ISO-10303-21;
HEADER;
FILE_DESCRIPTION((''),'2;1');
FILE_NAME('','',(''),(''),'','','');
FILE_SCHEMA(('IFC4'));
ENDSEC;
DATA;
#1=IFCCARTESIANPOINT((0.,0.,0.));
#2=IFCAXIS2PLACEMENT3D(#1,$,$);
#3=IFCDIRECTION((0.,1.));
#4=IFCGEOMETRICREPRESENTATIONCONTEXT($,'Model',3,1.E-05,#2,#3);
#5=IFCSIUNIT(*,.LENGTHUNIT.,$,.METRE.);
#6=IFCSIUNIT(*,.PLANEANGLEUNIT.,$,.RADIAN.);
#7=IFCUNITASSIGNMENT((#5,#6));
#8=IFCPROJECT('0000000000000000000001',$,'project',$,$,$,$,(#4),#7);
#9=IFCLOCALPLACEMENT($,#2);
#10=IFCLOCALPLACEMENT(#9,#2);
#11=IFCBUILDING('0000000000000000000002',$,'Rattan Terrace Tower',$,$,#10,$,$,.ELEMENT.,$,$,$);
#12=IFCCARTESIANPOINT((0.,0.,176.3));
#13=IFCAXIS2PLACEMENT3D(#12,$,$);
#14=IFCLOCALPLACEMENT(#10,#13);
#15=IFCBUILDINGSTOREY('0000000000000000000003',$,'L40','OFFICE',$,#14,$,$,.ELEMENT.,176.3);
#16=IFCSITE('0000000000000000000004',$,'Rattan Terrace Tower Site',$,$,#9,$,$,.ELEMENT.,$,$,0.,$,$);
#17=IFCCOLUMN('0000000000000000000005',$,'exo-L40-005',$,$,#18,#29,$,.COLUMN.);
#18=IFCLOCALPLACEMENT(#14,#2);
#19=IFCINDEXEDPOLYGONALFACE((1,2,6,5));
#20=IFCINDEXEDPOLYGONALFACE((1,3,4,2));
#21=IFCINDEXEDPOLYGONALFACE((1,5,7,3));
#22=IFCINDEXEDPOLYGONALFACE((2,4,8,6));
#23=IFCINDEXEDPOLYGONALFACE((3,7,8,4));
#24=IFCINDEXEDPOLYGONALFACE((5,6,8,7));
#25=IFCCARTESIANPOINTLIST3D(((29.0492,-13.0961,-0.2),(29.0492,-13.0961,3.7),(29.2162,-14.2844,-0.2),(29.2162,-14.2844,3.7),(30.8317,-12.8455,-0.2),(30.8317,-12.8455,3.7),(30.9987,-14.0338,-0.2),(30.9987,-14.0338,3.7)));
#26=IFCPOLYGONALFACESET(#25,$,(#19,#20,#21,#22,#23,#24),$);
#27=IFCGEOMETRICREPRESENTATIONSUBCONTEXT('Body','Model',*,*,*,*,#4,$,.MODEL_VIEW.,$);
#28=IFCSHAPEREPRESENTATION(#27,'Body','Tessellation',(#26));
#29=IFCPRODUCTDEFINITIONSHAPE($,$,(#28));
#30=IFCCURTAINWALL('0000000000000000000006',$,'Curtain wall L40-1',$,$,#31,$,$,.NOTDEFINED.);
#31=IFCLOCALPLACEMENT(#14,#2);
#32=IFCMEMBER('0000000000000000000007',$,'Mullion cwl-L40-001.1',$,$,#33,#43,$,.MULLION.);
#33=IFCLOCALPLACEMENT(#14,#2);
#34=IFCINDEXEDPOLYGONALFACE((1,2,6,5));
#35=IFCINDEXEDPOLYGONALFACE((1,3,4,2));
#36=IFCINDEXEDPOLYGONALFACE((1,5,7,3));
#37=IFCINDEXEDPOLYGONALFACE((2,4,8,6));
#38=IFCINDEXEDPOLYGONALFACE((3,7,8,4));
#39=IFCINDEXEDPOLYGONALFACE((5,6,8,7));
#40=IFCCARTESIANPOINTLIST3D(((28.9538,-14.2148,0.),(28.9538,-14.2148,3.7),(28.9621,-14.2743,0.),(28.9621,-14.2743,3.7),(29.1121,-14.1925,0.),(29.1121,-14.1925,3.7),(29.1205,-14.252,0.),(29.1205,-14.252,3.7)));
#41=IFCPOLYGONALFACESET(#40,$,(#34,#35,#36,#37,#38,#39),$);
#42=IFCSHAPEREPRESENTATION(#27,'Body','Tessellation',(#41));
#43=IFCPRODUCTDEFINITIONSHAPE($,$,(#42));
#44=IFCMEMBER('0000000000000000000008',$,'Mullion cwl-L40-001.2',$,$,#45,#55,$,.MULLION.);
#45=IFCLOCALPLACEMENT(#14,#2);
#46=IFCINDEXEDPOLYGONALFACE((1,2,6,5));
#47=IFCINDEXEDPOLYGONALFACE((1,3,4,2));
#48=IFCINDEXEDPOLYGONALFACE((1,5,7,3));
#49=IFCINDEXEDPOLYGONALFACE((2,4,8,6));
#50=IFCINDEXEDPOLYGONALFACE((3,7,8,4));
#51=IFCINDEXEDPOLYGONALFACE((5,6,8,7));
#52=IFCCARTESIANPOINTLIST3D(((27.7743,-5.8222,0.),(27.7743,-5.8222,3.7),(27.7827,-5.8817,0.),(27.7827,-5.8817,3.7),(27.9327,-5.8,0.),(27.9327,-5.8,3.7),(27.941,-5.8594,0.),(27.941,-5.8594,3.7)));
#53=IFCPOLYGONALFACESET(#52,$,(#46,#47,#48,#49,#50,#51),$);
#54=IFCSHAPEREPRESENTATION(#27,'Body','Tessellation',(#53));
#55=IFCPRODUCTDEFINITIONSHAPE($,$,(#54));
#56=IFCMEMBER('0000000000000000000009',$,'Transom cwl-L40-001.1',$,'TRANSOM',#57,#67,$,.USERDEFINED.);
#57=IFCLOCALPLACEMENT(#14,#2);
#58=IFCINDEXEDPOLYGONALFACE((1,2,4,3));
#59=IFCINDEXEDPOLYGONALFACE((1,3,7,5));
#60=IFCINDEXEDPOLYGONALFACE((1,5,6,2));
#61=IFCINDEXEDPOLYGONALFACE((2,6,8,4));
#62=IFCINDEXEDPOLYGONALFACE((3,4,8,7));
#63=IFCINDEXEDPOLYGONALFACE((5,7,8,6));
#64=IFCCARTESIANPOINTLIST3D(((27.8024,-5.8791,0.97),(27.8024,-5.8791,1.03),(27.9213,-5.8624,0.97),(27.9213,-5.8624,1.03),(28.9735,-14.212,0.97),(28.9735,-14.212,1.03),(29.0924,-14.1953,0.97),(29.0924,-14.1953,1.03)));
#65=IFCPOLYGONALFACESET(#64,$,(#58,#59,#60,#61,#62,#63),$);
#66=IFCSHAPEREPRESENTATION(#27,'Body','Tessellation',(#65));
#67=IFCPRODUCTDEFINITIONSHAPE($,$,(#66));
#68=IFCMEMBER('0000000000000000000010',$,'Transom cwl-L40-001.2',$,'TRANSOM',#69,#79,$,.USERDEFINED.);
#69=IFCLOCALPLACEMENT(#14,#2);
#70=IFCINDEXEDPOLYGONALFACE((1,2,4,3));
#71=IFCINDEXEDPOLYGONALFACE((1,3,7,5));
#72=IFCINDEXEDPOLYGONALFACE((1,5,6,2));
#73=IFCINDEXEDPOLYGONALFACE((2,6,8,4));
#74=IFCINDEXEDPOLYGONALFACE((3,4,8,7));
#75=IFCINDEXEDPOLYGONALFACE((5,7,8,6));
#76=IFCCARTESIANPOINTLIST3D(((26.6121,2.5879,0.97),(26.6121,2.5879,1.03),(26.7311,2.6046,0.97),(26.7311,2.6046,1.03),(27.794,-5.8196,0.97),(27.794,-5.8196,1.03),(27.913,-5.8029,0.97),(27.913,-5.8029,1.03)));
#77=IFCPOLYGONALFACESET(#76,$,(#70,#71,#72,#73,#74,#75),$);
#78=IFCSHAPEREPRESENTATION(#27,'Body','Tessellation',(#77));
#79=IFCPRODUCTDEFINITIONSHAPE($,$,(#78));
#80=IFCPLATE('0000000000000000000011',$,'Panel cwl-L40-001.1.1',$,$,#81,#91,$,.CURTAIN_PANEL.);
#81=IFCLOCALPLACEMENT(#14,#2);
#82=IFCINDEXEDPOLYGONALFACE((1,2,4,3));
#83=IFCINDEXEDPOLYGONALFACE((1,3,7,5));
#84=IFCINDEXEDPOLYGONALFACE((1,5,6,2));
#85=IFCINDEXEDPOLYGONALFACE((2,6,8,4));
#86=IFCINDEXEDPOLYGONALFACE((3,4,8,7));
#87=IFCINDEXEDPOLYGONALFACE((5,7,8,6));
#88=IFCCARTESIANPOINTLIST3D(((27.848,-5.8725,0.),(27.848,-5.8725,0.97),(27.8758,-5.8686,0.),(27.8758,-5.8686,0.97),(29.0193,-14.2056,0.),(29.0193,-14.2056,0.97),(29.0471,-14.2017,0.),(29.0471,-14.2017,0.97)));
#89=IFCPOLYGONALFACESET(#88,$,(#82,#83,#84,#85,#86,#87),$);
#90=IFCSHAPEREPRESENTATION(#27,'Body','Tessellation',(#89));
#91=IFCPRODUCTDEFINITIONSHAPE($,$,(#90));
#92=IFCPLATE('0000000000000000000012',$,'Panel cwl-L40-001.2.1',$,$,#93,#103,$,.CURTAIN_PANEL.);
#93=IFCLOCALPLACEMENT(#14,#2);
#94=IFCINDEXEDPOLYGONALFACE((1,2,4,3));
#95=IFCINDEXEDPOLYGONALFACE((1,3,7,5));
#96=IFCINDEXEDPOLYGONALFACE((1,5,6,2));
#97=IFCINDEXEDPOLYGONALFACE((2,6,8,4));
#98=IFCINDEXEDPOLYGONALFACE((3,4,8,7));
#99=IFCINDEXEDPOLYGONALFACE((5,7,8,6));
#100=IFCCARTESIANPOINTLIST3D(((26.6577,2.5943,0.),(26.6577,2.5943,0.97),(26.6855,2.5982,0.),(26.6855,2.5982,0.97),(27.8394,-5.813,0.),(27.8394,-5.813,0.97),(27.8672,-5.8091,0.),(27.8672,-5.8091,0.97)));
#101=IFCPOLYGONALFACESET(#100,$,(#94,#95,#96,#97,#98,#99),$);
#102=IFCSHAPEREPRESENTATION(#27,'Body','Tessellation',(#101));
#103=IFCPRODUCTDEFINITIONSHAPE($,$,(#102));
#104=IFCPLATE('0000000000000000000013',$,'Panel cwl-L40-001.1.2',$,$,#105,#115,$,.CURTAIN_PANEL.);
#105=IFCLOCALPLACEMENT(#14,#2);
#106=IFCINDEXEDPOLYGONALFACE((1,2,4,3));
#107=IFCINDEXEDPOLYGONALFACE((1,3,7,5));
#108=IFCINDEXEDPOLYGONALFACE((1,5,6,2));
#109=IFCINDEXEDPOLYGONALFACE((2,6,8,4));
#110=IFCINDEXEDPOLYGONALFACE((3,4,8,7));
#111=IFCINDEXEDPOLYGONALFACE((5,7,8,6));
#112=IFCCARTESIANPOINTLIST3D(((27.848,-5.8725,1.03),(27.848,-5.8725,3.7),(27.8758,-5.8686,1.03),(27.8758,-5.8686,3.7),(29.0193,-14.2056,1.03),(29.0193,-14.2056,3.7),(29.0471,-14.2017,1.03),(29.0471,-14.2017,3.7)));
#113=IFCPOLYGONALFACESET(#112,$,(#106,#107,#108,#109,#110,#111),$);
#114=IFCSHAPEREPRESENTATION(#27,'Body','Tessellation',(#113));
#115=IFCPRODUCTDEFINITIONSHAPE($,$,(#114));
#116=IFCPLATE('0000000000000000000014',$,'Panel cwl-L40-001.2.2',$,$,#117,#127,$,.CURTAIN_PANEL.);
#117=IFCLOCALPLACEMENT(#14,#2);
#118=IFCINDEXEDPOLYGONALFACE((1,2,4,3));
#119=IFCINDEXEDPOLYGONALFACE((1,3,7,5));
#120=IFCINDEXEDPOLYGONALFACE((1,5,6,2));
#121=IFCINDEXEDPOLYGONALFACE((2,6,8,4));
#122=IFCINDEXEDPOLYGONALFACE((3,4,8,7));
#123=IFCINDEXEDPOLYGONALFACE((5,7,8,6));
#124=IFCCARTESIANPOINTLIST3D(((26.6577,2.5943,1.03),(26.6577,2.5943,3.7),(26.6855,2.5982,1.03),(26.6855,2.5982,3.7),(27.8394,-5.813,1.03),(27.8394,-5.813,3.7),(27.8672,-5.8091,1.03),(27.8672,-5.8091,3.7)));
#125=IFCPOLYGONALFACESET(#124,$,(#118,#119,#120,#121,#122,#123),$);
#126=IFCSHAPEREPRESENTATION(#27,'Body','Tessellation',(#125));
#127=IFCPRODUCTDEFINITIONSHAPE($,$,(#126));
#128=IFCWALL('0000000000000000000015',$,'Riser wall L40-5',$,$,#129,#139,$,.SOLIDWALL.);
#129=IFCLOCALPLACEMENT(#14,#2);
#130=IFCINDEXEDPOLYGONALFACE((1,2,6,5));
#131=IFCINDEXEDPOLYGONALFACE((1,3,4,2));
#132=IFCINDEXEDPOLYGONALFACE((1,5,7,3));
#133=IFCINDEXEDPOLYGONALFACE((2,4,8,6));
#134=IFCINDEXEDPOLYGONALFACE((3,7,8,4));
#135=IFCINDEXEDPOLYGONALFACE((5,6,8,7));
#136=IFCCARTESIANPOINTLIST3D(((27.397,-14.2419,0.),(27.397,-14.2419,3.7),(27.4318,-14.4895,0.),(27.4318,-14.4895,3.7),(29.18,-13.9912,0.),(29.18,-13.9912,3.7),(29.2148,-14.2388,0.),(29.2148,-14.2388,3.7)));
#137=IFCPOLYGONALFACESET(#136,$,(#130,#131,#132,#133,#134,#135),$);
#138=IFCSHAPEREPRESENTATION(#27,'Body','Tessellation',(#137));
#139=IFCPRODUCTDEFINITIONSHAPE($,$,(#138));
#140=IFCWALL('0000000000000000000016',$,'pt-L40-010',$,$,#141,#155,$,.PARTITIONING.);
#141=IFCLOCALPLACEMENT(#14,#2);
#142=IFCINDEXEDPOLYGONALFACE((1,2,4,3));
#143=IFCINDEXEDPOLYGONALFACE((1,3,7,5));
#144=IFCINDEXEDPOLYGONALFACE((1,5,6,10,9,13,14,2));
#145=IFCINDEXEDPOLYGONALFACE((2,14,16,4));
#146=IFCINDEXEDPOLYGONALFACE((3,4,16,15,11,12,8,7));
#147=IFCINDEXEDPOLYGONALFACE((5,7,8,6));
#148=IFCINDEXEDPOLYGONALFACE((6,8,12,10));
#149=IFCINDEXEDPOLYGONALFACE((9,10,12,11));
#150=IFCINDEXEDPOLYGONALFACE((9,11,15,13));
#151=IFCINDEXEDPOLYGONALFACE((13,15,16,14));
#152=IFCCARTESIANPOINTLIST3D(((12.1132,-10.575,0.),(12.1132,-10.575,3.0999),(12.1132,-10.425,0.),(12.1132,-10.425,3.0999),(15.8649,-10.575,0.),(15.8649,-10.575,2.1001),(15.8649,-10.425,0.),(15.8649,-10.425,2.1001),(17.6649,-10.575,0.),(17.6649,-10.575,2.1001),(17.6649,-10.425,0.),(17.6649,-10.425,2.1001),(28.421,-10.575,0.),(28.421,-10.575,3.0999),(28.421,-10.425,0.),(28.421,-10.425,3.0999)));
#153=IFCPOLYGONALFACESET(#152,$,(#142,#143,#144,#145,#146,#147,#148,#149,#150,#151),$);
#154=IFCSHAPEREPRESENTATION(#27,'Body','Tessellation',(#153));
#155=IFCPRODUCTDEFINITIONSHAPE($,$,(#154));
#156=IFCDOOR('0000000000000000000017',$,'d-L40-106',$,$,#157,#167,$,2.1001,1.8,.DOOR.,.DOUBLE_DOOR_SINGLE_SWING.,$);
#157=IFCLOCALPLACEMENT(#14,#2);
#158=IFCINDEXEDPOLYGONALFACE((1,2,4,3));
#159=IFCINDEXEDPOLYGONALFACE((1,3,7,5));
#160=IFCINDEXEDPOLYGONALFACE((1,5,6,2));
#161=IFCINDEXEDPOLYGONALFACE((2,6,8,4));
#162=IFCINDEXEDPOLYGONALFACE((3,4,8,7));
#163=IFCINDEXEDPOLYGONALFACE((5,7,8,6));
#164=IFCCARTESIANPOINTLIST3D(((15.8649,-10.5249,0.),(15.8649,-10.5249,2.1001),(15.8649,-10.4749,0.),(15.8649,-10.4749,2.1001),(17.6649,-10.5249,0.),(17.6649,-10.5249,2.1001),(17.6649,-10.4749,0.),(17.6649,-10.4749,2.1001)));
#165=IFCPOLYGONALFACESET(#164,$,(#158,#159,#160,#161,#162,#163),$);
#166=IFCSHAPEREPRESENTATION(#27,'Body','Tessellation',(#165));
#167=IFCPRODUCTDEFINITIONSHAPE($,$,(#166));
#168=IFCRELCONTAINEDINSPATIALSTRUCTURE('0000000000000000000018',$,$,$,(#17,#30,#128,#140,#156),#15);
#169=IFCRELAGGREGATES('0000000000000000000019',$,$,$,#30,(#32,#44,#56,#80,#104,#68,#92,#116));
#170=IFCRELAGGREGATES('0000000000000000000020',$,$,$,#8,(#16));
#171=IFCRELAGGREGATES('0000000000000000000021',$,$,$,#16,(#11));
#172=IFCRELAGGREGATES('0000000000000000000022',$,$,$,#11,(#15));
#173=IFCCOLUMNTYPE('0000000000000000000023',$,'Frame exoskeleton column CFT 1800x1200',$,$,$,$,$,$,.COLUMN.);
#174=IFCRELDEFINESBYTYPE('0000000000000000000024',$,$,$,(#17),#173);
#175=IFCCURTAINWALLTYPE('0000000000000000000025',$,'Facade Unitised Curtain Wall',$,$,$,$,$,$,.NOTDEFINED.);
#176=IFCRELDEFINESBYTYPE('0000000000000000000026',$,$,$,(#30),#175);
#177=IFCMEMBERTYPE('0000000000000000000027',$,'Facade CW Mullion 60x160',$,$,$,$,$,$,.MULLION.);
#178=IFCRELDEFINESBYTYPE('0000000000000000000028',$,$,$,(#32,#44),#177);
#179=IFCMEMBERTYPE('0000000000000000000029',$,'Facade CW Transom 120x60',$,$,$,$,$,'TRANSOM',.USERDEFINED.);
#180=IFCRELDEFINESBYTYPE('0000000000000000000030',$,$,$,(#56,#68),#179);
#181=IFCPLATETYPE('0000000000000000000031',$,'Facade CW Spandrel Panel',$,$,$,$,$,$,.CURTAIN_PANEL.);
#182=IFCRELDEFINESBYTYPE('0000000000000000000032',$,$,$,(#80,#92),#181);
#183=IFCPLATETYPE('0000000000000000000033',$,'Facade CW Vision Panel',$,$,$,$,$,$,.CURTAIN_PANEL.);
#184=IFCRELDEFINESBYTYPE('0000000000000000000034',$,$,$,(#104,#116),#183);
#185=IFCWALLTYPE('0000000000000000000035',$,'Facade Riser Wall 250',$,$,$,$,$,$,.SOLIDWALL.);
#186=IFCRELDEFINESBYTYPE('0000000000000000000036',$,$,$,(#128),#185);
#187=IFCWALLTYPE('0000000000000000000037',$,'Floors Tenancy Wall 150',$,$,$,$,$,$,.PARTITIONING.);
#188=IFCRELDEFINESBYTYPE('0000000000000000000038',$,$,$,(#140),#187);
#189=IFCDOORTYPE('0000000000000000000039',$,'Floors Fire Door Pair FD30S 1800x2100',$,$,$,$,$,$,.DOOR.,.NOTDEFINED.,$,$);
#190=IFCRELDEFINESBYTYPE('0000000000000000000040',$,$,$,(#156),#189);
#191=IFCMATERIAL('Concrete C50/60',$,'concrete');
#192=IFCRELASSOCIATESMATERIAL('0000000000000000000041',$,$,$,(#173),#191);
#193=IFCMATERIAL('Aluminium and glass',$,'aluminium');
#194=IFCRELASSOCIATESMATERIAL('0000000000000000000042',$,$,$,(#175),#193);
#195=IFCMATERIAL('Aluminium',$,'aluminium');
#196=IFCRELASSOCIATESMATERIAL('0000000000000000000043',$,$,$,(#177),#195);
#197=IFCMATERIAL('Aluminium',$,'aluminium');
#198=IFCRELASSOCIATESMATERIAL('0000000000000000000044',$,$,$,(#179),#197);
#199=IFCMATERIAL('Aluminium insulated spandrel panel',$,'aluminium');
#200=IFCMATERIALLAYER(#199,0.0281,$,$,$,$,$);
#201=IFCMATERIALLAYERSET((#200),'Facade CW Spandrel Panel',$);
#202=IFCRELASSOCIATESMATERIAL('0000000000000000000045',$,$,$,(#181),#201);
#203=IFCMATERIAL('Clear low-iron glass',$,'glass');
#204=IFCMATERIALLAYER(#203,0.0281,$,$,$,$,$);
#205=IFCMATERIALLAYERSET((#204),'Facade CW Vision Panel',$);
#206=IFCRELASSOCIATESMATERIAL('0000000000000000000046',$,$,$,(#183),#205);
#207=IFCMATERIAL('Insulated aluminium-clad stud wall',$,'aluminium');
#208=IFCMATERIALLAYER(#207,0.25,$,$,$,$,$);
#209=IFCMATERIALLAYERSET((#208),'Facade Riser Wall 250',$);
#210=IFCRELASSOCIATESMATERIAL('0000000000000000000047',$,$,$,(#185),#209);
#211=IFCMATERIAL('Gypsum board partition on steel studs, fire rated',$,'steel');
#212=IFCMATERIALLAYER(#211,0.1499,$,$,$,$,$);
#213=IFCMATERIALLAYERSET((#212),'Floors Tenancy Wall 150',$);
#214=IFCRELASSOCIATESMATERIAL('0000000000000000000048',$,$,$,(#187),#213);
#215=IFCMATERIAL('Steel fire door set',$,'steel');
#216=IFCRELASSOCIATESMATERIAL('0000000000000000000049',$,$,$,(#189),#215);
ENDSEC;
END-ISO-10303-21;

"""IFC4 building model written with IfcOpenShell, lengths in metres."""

from ifc_helpers import new_model, si_unit, direction, frame, frame_2d, origin, origin_2d, place, context, subcontext, project, spatial, rectangle, extrude, material, layer, layer_set, material_profile, profile_set, type_object, element, fill, aggregate, save


model = new_model("IFC4")

# Units and contexts
model_context = context("Model", 3, precision=1e-05, world=origin(), true_north=direction((0.0, 1.0)))
body_context = subcontext(model_context, "Body", "Model", "MODEL_VIEW")
ifc_project = project(units=[si_unit("LENGTHUNIT", "METRE"), si_unit("PLANEANGLEUNIT", "RADIAN")], contexts=[model_context])

# Site, building, storey
site_placement = place(None, origin())
site = spatial("IfcSite", under=ifc_project, at=site_placement, Name="Rattan Terrace Tower Site", CompositionType="ELEMENT", RefElevation=0.0)
building_placement = place(site_placement, origin())
building = spatial("IfcBuilding", under=site, at=building_placement, Name="Rattan Terrace Tower", CompositionType="ELEMENT")
storey_placement = place(building_placement, frame((0.0, 0.0, 176.3)))
storey = spatial("IfcBuildingStorey", under=building, at=storey_placement, Name="L40", Description="OFFICE", CompositionType="ELEMENT", Elevation=176.3)

# Column
ifc_material_1 = material(Name="Concrete C50/60", Category="concrete")
ifc_material_profile_1 = material_profile(ifc_material_1, rectangle(XDim=1.2, YDim=1.8, at=origin_2d()), Name="CFT 1800x1200")
ifc_profile_set_1 = profile_set([ifc_material_profile_1], Name="Concrete C50/60")
column_type = type_object("IfcColumnType", Name="Frame exoskeleton column CFT 1800x1200", PredefinedType="COLUMN", material=ifc_profile_set_1)
column_placement = place(storey_placement, frame((30.0239, -13.5649, -0.2), z_axis=(0.0, 0.0, 1.0), x_axis=(-0.13919, 0.990266, 0.0)))
element("IfcColumn", 1, at=column_placement, inside=storey, type_object=column_type, Name="exo-L40-005", PredefinedType="COLUMN", context=body_context, shape_type="SweptSolid", body=[
    extrude(rectangle(XDim=1.2, YDim=1.8, at=origin_2d()), origin(), (0.0, 0.0, 1.0), 3.8999),
])

# Curtain wall, members, plates
ifc_material_2 = material(Name="Aluminium and glass", Category="aluminium")
curtain_wall_type = type_object("IfcCurtainWallType", Name="Facade Unitised Curtain Wall", PredefinedType="NOTDEFINED", material=ifc_material_2)
curtain_wall_placement = place(storey_placement, origin())
curtain_wall = element("IfcCurtainWall", 2, at=curtain_wall_placement, inside=storey, type_object=curtain_wall_type, Name="Curtain wall L40-1", PredefinedType="NOTDEFINED")
ifc_material_3 = material(Name="Aluminium", Category="aluminium")
ifc_material_profile_2 = material_profile(ifc_material_3, rectangle(XDim=0.0601, YDim=0.1599, at=origin_2d()), Name="Aluminium 60x160")
ifc_profile_set_2 = profile_set([ifc_material_profile_2], Name="Aluminium")
member_type_1 = type_object("IfcMemberType", Name="Facade CW Mullion 60x160", PredefinedType="MULLION", material=ifc_profile_set_2)
member_1_placement = place(storey_placement, frame((29.0371, -14.2334, 0.0), z_axis=(0.0, 0.0, 1.0), x_axis=(-0.139191, 0.990266, 0.0)))
member_1 = element("IfcMember", 3, at=member_1_placement, type_object=member_type_1, Name="Mullion cwl-L40-001.1", PredefinedType="MULLION", context=body_context, shape_type="SweptSolid", body=[
    extrude(rectangle(XDim=0.0601, YDim=0.1599, at=origin_2d()), origin(), (0.0, 0.0, 1.0), 3.7),
])
member_2_placement = place(storey_placement, frame((27.8577, -5.8408, 0.0), z_axis=(0.0, 0.0, 1.0), x_axis=(-0.139191, 0.990266, 0.0)))
member_2 = element("IfcMember", 4, at=member_2_placement, type_object=member_type_1, Name="Mullion cwl-L40-001.2", PredefinedType="MULLION", context=body_context, shape_type="SweptSolid", body=[
    extrude(rectangle(XDim=0.0601, YDim=0.1599, at=origin_2d()), origin(), (0.0, 0.0, 1.0), 3.7),
])
ifc_material_4 = material(Name="Aluminium", Category="aluminium")
ifc_material_profile_3 = material_profile(ifc_material_4, rectangle(XDim=0.1201, YDim=0.0601, at=origin_2d()), Name="Aluminium 120x60")
ifc_profile_set_3 = profile_set([ifc_material_profile_3], Name="Aluminium")
member_type_2 = type_object("IfcMemberType", Name="Facade CW Transom 120x60", ElementType="TRANSOM", PredefinedType="USERDEFINED", material=ifc_profile_set_3)
member_3_placement = place(storey_placement, frame((29.033, -14.2036, 1.0), z_axis=(-0.139175, 0.990268, 0.0), x_axis=(-0.990268, -0.139175, 0.0)))
member_3 = element("IfcMember", 5, at=member_3_placement, type_object=member_type_2, Name="Transom cwl-L40-001.1", ObjectType="TRANSOM", PredefinedType="USERDEFINED", context=body_context, shape_type="SweptSolid", body=[
    extrude(rectangle(XDim=0.1201, YDim=0.0601, at=origin_2d()), origin(), (0.0, 0.0, 1.0), 8.4148),
])
member_4_placement = place(storey_placement, frame((27.8535, -5.8113, 1.0), z_axis=(-0.139207, 0.990263, 0.0), x_axis=(-0.990263, -0.139207, 0.0)))
member_4 = element("IfcMember", 6, at=member_4_placement, type_object=member_type_2, Name="Transom cwl-L40-001.2", ObjectType="TRANSOM", PredefinedType="USERDEFINED", context=body_context, shape_type="SweptSolid", body=[
    extrude(rectangle(XDim=0.1201, YDim=0.0601, at=origin_2d()), origin(), (0.0, 0.0, 1.0), 8.4902),
])
ifc_material_5 = material(Name="Aluminium insulated spandrel panel", Category="aluminium")
ifc_layer_1 = layer(ifc_material_5, 0.0281)
ifc_layer_set_1 = layer_set([ifc_layer_1], Name="Facade CW Spandrel Panel")
plate_type_1 = type_object("IfcPlateType", Name="Facade CW Spandrel Panel", PredefinedType="CURTAIN_PANEL", material=ifc_layer_set_1)
plate_1_placement = place(storey_placement, frame((28.4475, -10.0371, 0.0), z_axis=(0.0, 0.0, 1.0), x_axis=(-0.139191, 0.990266, 0.0)))
plate_1 = element("IfcPlate", 7, at=plate_1_placement, type_object=plate_type_1, Name="Panel cwl-L40-001.1.1", PredefinedType="CURTAIN_PANEL", context=body_context, shape_type="SweptSolid", body=[
    extrude(rectangle(XDim=8.415, YDim=0.0281, at=origin_2d()), origin(), (0.0, 0.0, 1.0), 0.97),
])
plate_2_placement = place(storey_placement, frame((27.2625, -1.6074, 0.0), z_axis=(0.0, 0.0, 1.0), x_axis=(-0.139191, 0.990266, 0.0)))
plate_2 = element("IfcPlate", 8, at=plate_2_placement, type_object=plate_type_1, Name="Panel cwl-L40-001.2.1", PredefinedType="CURTAIN_PANEL", context=body_context, shape_type="SweptSolid", body=[
    extrude(rectangle(XDim=8.49, YDim=0.0281, at=origin_2d()), origin(), (0.0, 0.0, 1.0), 0.97),
])
ifc_material_6 = material(Name="Clear low-iron glass", Category="glass")
ifc_layer_2 = layer(ifc_material_6, 0.0281)
ifc_layer_set_2 = layer_set([ifc_layer_2], Name="Facade CW Vision Panel")
plate_type_2 = type_object("IfcPlateType", Name="Facade CW Vision Panel", PredefinedType="CURTAIN_PANEL", material=ifc_layer_set_2)
plate_3_placement = place(storey_placement, frame((28.4475, -10.0371, 1.03), z_axis=(0.0, 0.0, 1.0), x_axis=(-0.139191, 0.990266, 0.0)))
plate_3 = element("IfcPlate", 9, at=plate_3_placement, type_object=plate_type_2, Name="Panel cwl-L40-001.1.2", PredefinedType="CURTAIN_PANEL", context=body_context, shape_type="SweptSolid", body=[
    extrude(rectangle(XDim=8.415, YDim=0.0281, at=origin_2d()), origin(), (0.0, 0.0, 1.0), 2.6699),
])
plate_4_placement = place(storey_placement, frame((27.2625, -1.6074, 1.03), z_axis=(0.0, 0.0, 1.0), x_axis=(-0.139191, 0.990266, 0.0)))
plate_4 = element("IfcPlate", 10, at=plate_4_placement, type_object=plate_type_2, Name="Panel cwl-L40-001.2.2", PredefinedType="CURTAIN_PANEL", context=body_context, shape_type="SweptSolid", body=[
    extrude(rectangle(XDim=8.49, YDim=0.0281, at=origin_2d()), origin(), (0.0, 0.0, 1.0), 2.6699),
])
aggregate(curtain_wall, [member_1, member_2, member_3, plate_1, plate_3, member_4, plate_2, plate_4])

# Wall
ifc_material_7 = material(Name="Insulated aluminium-clad stud wall", Category="aluminium")
ifc_layer_3 = layer(ifc_material_7, 0.25)
ifc_layer_set_3 = layer_set([ifc_layer_3], Name="Facade Riser Wall 250")
wall_type_1 = type_object("IfcWallType", Name="Facade Riser Wall 250", PredefinedType="SOLIDWALL", material=ifc_layer_set_3)
wall_1_placement = place(storey_placement, frame((27.4143, -14.3657, 0.0), z_axis=(0.0, 0.0, 1.0), x_axis=(0.990256, 0.139257, 0.0)))
element("IfcWall", 11, at=wall_1_placement, inside=storey, type_object=wall_type_1, Name="Riser wall L40-5", PredefinedType="SOLIDWALL", context=body_context, shape_type="SweptSolid", body=[
    extrude(rectangle(XDim=1.8005, YDim=0.25, at=frame_2d((0.9004, 0.0))), origin(), (0.0, 0.0, 1.0), 3.7),
])

# Wall, opening, door
ifc_material_8 = material(Name="Gypsum board partition on steel studs, fire rated", Category="steel")
ifc_layer_4 = layer(ifc_material_8, 0.1499)
ifc_layer_set_4 = layer_set([ifc_layer_4], Name="Floors Tenancy Wall 150")
wall_type_2 = type_object("IfcWallType", Name="Floors Tenancy Wall 150", PredefinedType="PARTITIONING", material=ifc_layer_set_4)
wall_2_placement = place(storey_placement, frame((28.4209, -10.5, 0.0), z_axis=(0.0, 0.0, 1.0), x_axis=(-1.0, 0.0, 0.0)))
wall_2 = element("IfcWall", 12, at=wall_2_placement, inside=storey, type_object=wall_type_2, Name="pt-L40-010", PredefinedType="PARTITIONING", context=body_context, shape_type="SweptSolid", body=[
    extrude(rectangle(XDim=16.3079, YDim=0.1499, at=frame_2d((8.1538, 0.0))), origin(), (0.0, 0.0, 1.0), 3.0999),
])
opening_1_placement = place(wall_2_placement, frame((10.7561, 0.0, 0.0)))
opening_1 = element("IfcOpeningElement", 13, at=opening_1_placement, cuts=wall_2, PredefinedType="OPENING", context=body_context, shape_type="SweptSolid", body=[
    extrude(rectangle(XDim=1.8, YDim=2.1001, at=frame_2d((0.8999, 1.05))), frame((0.0, 0.0854, 0.0), z_axis=(0.0, -1.0, 0.0), x_axis=(1.0, 0.0, 0.0)), (0.0, 0.0, 1.0), 0.1709),
])
ifc_material_9 = material(Name="Steel fire door set", Category="steel")
door_type_1 = type_object("IfcDoorType", Name="Floors Fire Door Pair FD30S 1800x2100", OperationType="NOTDEFINED", PredefinedType="DOOR", material=ifc_material_9)
door_1_placement = place(opening_1_placement, origin())
door_1 = element("IfcDoor", 14, at=door_1_placement, inside=storey, type_object=door_type_1, Name="d-L40-106", OperationType="DOUBLE_DOOR_SINGLE_SWING", OverallHeight=2.1001, OverallWidth=1.8, PredefinedType="DOOR", context=body_context, shape_type="SweptSolid", body=[
    extrude(rectangle(XDim=1.8, YDim=2.1001, at=frame_2d((0.8999, 1.05))), frame((0.0, 0.0249, 0.0), z_axis=(0.0, -1.0, 0.0), x_axis=(1.0, 0.0, 0.0)), (0.0, 0.0, 1.0), 0.05),
])
fill(opening_1, door_1)

save(model, "model.ifc")
